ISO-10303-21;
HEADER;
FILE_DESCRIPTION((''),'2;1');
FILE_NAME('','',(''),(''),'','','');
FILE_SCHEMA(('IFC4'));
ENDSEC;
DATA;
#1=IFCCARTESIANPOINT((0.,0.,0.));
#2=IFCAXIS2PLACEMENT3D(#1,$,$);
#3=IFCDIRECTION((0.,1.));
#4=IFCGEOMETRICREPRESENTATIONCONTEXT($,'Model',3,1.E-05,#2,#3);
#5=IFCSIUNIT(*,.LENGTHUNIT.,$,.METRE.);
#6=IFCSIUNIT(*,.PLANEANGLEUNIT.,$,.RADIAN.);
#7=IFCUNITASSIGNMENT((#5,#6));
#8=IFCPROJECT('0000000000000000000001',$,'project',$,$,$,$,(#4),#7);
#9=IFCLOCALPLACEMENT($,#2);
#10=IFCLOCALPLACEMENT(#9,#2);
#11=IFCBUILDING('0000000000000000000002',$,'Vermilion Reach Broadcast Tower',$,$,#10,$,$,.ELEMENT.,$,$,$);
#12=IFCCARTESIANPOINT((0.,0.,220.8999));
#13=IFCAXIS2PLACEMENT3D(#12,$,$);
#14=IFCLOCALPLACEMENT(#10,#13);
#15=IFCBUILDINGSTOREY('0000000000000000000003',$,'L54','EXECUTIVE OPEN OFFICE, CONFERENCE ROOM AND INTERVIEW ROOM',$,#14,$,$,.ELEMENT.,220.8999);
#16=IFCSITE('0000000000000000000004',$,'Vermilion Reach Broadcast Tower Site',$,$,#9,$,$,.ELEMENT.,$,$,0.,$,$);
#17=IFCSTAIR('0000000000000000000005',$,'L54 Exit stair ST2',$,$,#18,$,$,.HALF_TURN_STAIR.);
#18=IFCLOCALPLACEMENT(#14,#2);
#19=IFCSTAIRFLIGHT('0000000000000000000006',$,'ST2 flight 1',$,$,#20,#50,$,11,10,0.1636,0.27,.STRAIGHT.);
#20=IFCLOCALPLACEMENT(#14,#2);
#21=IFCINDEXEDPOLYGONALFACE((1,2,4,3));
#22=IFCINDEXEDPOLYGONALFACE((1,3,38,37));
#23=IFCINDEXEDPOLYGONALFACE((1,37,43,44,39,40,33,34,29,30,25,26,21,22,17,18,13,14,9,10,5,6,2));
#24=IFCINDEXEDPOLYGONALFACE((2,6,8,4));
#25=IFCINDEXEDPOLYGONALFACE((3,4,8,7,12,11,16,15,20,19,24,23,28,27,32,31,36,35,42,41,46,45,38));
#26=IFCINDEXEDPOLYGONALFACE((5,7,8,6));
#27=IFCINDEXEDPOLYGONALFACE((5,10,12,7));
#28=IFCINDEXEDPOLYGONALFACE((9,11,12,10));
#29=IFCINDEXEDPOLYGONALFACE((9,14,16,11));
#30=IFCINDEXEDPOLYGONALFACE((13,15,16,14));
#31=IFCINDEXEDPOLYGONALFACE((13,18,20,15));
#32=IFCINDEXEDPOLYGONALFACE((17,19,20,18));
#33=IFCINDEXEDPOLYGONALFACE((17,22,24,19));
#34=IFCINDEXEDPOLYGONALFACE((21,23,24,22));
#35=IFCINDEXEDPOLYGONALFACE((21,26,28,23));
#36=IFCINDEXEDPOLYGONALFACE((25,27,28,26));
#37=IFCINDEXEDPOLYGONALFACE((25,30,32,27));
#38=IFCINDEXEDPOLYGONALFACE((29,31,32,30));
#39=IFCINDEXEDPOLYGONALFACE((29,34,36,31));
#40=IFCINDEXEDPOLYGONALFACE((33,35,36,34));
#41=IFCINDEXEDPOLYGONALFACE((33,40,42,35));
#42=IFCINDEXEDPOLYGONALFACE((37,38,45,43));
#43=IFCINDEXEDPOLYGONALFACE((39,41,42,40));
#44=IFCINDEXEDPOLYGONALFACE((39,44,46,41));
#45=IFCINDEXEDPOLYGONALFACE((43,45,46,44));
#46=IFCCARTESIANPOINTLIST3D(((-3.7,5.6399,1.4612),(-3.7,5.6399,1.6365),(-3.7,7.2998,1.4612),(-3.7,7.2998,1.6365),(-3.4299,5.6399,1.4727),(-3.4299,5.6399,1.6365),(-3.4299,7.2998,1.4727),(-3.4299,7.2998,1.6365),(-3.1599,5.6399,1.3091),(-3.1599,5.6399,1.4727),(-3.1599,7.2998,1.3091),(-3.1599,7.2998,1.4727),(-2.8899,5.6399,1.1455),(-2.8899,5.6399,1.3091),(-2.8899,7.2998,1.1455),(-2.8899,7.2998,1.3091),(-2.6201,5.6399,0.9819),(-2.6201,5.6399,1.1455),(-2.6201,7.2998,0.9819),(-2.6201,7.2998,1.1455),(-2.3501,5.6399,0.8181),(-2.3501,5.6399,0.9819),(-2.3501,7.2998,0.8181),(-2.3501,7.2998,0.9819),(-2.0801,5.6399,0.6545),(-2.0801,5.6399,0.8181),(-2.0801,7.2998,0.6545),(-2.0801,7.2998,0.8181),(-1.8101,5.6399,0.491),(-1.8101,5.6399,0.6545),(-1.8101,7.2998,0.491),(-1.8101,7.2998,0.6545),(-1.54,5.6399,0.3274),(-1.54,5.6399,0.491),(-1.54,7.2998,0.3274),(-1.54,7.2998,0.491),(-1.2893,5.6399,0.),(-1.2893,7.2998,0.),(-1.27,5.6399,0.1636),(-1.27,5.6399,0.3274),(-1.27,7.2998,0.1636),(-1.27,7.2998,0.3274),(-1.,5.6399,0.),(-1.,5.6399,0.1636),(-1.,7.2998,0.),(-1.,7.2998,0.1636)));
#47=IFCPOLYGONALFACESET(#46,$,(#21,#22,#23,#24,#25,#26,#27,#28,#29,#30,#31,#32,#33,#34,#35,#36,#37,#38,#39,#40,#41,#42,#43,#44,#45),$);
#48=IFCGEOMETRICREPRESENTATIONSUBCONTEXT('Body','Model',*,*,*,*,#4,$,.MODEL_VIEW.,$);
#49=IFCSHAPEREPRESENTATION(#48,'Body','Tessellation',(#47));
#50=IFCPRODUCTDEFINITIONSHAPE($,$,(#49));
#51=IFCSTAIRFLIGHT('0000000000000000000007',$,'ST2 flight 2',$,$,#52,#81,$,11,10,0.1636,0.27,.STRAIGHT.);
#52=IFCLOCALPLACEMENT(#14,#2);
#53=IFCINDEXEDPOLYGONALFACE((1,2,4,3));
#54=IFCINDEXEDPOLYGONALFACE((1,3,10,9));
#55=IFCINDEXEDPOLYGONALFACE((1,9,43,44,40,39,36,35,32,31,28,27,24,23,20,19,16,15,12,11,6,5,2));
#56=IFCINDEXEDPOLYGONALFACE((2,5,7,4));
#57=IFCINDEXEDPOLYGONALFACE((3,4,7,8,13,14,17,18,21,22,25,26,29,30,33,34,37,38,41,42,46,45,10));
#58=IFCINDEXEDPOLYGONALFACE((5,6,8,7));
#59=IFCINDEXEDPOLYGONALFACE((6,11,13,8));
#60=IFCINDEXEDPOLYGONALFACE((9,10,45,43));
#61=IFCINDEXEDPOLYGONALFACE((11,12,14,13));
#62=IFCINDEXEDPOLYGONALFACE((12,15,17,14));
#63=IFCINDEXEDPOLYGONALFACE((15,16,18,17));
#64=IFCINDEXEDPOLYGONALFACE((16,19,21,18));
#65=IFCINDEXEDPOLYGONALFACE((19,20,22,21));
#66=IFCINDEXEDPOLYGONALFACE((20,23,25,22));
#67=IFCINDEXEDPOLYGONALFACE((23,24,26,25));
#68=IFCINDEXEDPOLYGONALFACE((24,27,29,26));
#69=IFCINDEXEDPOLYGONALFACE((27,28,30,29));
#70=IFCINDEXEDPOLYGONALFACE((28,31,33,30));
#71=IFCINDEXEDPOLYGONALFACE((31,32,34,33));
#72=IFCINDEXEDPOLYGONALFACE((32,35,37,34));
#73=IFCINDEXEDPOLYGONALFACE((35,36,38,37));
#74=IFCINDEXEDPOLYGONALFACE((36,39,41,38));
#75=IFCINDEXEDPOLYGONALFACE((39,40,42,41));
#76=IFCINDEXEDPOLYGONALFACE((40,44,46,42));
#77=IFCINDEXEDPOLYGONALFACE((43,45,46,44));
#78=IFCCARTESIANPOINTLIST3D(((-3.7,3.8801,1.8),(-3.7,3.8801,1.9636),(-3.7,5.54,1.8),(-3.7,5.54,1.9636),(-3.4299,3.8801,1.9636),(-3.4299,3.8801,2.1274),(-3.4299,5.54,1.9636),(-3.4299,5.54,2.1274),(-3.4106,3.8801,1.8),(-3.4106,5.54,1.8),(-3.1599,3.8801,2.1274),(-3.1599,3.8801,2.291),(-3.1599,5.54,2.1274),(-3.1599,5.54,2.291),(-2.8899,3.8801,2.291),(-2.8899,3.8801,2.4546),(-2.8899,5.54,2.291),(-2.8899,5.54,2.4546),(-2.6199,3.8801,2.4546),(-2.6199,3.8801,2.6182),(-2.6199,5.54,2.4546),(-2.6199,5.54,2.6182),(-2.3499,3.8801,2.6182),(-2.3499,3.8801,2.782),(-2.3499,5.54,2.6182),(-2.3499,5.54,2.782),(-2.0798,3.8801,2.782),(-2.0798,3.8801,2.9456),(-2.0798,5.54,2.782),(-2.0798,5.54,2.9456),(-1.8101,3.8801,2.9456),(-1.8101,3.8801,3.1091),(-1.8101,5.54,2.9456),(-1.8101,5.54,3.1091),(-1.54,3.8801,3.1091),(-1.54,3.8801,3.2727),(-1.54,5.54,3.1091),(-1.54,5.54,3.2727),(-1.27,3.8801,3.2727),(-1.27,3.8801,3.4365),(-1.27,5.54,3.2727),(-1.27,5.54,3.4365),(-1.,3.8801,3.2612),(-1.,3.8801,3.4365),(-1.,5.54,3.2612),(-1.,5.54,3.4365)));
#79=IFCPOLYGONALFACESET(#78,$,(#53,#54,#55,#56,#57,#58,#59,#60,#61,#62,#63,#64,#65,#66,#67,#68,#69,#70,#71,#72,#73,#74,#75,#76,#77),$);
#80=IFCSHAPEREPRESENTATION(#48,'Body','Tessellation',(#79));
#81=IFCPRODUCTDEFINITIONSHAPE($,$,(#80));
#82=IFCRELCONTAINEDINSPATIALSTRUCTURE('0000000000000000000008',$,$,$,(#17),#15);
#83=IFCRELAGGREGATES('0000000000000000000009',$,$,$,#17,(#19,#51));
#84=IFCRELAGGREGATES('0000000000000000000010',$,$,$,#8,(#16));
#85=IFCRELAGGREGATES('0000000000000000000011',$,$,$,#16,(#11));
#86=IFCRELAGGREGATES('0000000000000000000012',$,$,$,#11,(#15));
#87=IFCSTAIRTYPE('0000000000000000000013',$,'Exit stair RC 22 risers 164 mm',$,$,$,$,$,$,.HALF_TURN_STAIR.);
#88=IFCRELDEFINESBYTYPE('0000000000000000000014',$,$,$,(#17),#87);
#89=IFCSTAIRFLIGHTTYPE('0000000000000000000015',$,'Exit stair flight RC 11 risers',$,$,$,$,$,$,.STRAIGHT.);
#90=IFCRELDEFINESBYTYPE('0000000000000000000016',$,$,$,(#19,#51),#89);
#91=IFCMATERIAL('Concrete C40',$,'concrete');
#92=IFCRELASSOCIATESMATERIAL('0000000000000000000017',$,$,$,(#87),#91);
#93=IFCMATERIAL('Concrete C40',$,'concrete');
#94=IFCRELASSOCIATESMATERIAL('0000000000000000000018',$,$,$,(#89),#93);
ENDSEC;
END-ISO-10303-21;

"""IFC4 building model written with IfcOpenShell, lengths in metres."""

from ifc_helpers import new_model, si_unit, direction, frame, origin, place, context, subcontext, project, spatial, polyline, outline, extrude, material, type_object, element, aggregate, save


model = new_model("IFC4")

# Units and contexts
model_context = context("Model", 3, precision=1e-05, world=origin(), true_north=direction((0.0, 1.0)))
body_context = subcontext(model_context, "Body", "Model", "MODEL_VIEW")
ifc_project = project(units=[si_unit("LENGTHUNIT", "METRE"), si_unit("PLANEANGLEUNIT", "RADIAN")], contexts=[model_context])

# Site, building, storey
site_placement = place(None, origin())
site = spatial("IfcSite", under=ifc_project, at=site_placement, Name="Vermilion Reach Broadcast Tower Site", CompositionType="ELEMENT", RefElevation=0.0)
building_placement = place(site_placement, origin())
building = spatial("IfcBuilding", under=site, at=building_placement, Name="Vermilion Reach Broadcast Tower", CompositionType="ELEMENT")
storey_placement = place(building_placement, frame((0.0, 0.0, 220.8999)))
storey = spatial("IfcBuildingStorey", under=building, at=storey_placement, Name="L54", Description="EXECUTIVE OPEN OFFICE, CONFERENCE ROOM AND INTERVIEW ROOM", CompositionType="ELEMENT", Elevation=220.8999)

# Shared definitions
ifc_material_1 = material(Name="Concrete C40", Category="concrete")
stair_type = type_object("IfcStairType", Name="Exit stair RC 22 risers 164 mm", PredefinedType="HALF_TURN_STAIR", material=ifc_material_1)
placement = place(storey_placement, origin())

# Stair, stair flights
stair_1 = element("IfcStair", 1, at=placement, inside=storey, type_object=stair_type, Name="L54 Exit stair ST2", PredefinedType="HALF_TURN_STAIR")
ifc_material_2 = material(Name="Concrete C40", Category="concrete")
stair_flight_type = type_object("IfcStairFlightType", Name="Exit stair flight RC 11 risers", PredefinedType="STRAIGHT", material=ifc_material_2)
stair_flight_1_placement = place(storey_placement, frame((-1.0, 6.47, 0.0), z_axis=(0.0, 0.0, 1.0), x_axis=(-1.0, 0.0, 0.0)))
stair_flight_1 = element("IfcStairFlight", 2, at=stair_flight_1_placement, type_object=stair_flight_type, Name="ST2 flight 1", NumberOfRisers=11, NumberOfTreads=10, PredefinedType="STRAIGHT", RiserHeight=0.1636, TreadLength=0.27, context=body_context, shape_type="SweptSolid", body=[
    extrude(outline(polyline([(0.0, 0.0), (0.0, 0.1636), (0.27, 0.1636), (0.27, 0.3274), (0.54, 0.3274), (0.54, 0.491), (0.8101, 0.491), (0.8101, 0.6545), (1.0801, 0.6545), (1.0801, 0.8181), (1.3501, 0.8181), (1.3501, 0.9819), (1.6201, 0.9819), (1.6201, 1.1455), (1.8899, 1.1455), (1.8899, 1.3091), (2.1599, 1.3091), (2.1599, 1.4727), (2.4299, 1.4727), (2.4299, 1.6365), (2.7, 1.6365), (2.7, 1.8), (2.7, 1.4612), (0.2893, 0.0), (0.0, 0.0)])), frame((0.0, 0.8301, 0.0), z_axis=(0.0, -1.0, 0.0), x_axis=(1.0, 0.0, 0.0)), (0.0, 0.0, 1.0), 1.6599),
])
stair_flight_2_placement = place(storey_placement, frame((-3.7, 4.71, 1.8), z_axis=(0.0, 0.0, 1.0), x_axis=(1.0, 0.0, 0.0)))
stair_flight_2 = element("IfcStairFlight", 3, at=stair_flight_2_placement, type_object=stair_flight_type, Name="ST2 flight 2", NumberOfRisers=11, NumberOfTreads=10, PredefinedType="STRAIGHT", RiserHeight=0.1636, TreadLength=0.27, context=body_context, shape_type="SweptSolid", body=[
    extrude(outline(polyline([(0.0, 0.0), (0.0, 0.1636), (0.27, 0.1636), (0.27, 0.3274), (0.54, 0.3274), (0.54, 0.491), (0.8101, 0.491), (0.8101, 0.6545), (1.0801, 0.6545), (1.0801, 0.8181), (1.3501, 0.8181), (1.3501, 0.9819), (1.6201, 0.9819), (1.6201, 1.1455), (1.8899, 1.1455), (1.8899, 1.3091), (2.1599, 1.3091), (2.1599, 1.4727), (2.4299, 1.4727), (2.4299, 1.6365), (2.7, 1.6365), (2.7, 1.8), (2.7, 1.4612), (0.2893, 0.0), (0.0, 0.0)])), frame((0.0, 0.8301, 0.0), z_axis=(0.0, -1.0, 0.0), x_axis=(1.0, 0.0, 0.0)), (0.0, 0.0, 1.0), 1.6599),
])
aggregate(stair_1, [stair_flight_1, stair_flight_2])

save(model, "model.ifc")
